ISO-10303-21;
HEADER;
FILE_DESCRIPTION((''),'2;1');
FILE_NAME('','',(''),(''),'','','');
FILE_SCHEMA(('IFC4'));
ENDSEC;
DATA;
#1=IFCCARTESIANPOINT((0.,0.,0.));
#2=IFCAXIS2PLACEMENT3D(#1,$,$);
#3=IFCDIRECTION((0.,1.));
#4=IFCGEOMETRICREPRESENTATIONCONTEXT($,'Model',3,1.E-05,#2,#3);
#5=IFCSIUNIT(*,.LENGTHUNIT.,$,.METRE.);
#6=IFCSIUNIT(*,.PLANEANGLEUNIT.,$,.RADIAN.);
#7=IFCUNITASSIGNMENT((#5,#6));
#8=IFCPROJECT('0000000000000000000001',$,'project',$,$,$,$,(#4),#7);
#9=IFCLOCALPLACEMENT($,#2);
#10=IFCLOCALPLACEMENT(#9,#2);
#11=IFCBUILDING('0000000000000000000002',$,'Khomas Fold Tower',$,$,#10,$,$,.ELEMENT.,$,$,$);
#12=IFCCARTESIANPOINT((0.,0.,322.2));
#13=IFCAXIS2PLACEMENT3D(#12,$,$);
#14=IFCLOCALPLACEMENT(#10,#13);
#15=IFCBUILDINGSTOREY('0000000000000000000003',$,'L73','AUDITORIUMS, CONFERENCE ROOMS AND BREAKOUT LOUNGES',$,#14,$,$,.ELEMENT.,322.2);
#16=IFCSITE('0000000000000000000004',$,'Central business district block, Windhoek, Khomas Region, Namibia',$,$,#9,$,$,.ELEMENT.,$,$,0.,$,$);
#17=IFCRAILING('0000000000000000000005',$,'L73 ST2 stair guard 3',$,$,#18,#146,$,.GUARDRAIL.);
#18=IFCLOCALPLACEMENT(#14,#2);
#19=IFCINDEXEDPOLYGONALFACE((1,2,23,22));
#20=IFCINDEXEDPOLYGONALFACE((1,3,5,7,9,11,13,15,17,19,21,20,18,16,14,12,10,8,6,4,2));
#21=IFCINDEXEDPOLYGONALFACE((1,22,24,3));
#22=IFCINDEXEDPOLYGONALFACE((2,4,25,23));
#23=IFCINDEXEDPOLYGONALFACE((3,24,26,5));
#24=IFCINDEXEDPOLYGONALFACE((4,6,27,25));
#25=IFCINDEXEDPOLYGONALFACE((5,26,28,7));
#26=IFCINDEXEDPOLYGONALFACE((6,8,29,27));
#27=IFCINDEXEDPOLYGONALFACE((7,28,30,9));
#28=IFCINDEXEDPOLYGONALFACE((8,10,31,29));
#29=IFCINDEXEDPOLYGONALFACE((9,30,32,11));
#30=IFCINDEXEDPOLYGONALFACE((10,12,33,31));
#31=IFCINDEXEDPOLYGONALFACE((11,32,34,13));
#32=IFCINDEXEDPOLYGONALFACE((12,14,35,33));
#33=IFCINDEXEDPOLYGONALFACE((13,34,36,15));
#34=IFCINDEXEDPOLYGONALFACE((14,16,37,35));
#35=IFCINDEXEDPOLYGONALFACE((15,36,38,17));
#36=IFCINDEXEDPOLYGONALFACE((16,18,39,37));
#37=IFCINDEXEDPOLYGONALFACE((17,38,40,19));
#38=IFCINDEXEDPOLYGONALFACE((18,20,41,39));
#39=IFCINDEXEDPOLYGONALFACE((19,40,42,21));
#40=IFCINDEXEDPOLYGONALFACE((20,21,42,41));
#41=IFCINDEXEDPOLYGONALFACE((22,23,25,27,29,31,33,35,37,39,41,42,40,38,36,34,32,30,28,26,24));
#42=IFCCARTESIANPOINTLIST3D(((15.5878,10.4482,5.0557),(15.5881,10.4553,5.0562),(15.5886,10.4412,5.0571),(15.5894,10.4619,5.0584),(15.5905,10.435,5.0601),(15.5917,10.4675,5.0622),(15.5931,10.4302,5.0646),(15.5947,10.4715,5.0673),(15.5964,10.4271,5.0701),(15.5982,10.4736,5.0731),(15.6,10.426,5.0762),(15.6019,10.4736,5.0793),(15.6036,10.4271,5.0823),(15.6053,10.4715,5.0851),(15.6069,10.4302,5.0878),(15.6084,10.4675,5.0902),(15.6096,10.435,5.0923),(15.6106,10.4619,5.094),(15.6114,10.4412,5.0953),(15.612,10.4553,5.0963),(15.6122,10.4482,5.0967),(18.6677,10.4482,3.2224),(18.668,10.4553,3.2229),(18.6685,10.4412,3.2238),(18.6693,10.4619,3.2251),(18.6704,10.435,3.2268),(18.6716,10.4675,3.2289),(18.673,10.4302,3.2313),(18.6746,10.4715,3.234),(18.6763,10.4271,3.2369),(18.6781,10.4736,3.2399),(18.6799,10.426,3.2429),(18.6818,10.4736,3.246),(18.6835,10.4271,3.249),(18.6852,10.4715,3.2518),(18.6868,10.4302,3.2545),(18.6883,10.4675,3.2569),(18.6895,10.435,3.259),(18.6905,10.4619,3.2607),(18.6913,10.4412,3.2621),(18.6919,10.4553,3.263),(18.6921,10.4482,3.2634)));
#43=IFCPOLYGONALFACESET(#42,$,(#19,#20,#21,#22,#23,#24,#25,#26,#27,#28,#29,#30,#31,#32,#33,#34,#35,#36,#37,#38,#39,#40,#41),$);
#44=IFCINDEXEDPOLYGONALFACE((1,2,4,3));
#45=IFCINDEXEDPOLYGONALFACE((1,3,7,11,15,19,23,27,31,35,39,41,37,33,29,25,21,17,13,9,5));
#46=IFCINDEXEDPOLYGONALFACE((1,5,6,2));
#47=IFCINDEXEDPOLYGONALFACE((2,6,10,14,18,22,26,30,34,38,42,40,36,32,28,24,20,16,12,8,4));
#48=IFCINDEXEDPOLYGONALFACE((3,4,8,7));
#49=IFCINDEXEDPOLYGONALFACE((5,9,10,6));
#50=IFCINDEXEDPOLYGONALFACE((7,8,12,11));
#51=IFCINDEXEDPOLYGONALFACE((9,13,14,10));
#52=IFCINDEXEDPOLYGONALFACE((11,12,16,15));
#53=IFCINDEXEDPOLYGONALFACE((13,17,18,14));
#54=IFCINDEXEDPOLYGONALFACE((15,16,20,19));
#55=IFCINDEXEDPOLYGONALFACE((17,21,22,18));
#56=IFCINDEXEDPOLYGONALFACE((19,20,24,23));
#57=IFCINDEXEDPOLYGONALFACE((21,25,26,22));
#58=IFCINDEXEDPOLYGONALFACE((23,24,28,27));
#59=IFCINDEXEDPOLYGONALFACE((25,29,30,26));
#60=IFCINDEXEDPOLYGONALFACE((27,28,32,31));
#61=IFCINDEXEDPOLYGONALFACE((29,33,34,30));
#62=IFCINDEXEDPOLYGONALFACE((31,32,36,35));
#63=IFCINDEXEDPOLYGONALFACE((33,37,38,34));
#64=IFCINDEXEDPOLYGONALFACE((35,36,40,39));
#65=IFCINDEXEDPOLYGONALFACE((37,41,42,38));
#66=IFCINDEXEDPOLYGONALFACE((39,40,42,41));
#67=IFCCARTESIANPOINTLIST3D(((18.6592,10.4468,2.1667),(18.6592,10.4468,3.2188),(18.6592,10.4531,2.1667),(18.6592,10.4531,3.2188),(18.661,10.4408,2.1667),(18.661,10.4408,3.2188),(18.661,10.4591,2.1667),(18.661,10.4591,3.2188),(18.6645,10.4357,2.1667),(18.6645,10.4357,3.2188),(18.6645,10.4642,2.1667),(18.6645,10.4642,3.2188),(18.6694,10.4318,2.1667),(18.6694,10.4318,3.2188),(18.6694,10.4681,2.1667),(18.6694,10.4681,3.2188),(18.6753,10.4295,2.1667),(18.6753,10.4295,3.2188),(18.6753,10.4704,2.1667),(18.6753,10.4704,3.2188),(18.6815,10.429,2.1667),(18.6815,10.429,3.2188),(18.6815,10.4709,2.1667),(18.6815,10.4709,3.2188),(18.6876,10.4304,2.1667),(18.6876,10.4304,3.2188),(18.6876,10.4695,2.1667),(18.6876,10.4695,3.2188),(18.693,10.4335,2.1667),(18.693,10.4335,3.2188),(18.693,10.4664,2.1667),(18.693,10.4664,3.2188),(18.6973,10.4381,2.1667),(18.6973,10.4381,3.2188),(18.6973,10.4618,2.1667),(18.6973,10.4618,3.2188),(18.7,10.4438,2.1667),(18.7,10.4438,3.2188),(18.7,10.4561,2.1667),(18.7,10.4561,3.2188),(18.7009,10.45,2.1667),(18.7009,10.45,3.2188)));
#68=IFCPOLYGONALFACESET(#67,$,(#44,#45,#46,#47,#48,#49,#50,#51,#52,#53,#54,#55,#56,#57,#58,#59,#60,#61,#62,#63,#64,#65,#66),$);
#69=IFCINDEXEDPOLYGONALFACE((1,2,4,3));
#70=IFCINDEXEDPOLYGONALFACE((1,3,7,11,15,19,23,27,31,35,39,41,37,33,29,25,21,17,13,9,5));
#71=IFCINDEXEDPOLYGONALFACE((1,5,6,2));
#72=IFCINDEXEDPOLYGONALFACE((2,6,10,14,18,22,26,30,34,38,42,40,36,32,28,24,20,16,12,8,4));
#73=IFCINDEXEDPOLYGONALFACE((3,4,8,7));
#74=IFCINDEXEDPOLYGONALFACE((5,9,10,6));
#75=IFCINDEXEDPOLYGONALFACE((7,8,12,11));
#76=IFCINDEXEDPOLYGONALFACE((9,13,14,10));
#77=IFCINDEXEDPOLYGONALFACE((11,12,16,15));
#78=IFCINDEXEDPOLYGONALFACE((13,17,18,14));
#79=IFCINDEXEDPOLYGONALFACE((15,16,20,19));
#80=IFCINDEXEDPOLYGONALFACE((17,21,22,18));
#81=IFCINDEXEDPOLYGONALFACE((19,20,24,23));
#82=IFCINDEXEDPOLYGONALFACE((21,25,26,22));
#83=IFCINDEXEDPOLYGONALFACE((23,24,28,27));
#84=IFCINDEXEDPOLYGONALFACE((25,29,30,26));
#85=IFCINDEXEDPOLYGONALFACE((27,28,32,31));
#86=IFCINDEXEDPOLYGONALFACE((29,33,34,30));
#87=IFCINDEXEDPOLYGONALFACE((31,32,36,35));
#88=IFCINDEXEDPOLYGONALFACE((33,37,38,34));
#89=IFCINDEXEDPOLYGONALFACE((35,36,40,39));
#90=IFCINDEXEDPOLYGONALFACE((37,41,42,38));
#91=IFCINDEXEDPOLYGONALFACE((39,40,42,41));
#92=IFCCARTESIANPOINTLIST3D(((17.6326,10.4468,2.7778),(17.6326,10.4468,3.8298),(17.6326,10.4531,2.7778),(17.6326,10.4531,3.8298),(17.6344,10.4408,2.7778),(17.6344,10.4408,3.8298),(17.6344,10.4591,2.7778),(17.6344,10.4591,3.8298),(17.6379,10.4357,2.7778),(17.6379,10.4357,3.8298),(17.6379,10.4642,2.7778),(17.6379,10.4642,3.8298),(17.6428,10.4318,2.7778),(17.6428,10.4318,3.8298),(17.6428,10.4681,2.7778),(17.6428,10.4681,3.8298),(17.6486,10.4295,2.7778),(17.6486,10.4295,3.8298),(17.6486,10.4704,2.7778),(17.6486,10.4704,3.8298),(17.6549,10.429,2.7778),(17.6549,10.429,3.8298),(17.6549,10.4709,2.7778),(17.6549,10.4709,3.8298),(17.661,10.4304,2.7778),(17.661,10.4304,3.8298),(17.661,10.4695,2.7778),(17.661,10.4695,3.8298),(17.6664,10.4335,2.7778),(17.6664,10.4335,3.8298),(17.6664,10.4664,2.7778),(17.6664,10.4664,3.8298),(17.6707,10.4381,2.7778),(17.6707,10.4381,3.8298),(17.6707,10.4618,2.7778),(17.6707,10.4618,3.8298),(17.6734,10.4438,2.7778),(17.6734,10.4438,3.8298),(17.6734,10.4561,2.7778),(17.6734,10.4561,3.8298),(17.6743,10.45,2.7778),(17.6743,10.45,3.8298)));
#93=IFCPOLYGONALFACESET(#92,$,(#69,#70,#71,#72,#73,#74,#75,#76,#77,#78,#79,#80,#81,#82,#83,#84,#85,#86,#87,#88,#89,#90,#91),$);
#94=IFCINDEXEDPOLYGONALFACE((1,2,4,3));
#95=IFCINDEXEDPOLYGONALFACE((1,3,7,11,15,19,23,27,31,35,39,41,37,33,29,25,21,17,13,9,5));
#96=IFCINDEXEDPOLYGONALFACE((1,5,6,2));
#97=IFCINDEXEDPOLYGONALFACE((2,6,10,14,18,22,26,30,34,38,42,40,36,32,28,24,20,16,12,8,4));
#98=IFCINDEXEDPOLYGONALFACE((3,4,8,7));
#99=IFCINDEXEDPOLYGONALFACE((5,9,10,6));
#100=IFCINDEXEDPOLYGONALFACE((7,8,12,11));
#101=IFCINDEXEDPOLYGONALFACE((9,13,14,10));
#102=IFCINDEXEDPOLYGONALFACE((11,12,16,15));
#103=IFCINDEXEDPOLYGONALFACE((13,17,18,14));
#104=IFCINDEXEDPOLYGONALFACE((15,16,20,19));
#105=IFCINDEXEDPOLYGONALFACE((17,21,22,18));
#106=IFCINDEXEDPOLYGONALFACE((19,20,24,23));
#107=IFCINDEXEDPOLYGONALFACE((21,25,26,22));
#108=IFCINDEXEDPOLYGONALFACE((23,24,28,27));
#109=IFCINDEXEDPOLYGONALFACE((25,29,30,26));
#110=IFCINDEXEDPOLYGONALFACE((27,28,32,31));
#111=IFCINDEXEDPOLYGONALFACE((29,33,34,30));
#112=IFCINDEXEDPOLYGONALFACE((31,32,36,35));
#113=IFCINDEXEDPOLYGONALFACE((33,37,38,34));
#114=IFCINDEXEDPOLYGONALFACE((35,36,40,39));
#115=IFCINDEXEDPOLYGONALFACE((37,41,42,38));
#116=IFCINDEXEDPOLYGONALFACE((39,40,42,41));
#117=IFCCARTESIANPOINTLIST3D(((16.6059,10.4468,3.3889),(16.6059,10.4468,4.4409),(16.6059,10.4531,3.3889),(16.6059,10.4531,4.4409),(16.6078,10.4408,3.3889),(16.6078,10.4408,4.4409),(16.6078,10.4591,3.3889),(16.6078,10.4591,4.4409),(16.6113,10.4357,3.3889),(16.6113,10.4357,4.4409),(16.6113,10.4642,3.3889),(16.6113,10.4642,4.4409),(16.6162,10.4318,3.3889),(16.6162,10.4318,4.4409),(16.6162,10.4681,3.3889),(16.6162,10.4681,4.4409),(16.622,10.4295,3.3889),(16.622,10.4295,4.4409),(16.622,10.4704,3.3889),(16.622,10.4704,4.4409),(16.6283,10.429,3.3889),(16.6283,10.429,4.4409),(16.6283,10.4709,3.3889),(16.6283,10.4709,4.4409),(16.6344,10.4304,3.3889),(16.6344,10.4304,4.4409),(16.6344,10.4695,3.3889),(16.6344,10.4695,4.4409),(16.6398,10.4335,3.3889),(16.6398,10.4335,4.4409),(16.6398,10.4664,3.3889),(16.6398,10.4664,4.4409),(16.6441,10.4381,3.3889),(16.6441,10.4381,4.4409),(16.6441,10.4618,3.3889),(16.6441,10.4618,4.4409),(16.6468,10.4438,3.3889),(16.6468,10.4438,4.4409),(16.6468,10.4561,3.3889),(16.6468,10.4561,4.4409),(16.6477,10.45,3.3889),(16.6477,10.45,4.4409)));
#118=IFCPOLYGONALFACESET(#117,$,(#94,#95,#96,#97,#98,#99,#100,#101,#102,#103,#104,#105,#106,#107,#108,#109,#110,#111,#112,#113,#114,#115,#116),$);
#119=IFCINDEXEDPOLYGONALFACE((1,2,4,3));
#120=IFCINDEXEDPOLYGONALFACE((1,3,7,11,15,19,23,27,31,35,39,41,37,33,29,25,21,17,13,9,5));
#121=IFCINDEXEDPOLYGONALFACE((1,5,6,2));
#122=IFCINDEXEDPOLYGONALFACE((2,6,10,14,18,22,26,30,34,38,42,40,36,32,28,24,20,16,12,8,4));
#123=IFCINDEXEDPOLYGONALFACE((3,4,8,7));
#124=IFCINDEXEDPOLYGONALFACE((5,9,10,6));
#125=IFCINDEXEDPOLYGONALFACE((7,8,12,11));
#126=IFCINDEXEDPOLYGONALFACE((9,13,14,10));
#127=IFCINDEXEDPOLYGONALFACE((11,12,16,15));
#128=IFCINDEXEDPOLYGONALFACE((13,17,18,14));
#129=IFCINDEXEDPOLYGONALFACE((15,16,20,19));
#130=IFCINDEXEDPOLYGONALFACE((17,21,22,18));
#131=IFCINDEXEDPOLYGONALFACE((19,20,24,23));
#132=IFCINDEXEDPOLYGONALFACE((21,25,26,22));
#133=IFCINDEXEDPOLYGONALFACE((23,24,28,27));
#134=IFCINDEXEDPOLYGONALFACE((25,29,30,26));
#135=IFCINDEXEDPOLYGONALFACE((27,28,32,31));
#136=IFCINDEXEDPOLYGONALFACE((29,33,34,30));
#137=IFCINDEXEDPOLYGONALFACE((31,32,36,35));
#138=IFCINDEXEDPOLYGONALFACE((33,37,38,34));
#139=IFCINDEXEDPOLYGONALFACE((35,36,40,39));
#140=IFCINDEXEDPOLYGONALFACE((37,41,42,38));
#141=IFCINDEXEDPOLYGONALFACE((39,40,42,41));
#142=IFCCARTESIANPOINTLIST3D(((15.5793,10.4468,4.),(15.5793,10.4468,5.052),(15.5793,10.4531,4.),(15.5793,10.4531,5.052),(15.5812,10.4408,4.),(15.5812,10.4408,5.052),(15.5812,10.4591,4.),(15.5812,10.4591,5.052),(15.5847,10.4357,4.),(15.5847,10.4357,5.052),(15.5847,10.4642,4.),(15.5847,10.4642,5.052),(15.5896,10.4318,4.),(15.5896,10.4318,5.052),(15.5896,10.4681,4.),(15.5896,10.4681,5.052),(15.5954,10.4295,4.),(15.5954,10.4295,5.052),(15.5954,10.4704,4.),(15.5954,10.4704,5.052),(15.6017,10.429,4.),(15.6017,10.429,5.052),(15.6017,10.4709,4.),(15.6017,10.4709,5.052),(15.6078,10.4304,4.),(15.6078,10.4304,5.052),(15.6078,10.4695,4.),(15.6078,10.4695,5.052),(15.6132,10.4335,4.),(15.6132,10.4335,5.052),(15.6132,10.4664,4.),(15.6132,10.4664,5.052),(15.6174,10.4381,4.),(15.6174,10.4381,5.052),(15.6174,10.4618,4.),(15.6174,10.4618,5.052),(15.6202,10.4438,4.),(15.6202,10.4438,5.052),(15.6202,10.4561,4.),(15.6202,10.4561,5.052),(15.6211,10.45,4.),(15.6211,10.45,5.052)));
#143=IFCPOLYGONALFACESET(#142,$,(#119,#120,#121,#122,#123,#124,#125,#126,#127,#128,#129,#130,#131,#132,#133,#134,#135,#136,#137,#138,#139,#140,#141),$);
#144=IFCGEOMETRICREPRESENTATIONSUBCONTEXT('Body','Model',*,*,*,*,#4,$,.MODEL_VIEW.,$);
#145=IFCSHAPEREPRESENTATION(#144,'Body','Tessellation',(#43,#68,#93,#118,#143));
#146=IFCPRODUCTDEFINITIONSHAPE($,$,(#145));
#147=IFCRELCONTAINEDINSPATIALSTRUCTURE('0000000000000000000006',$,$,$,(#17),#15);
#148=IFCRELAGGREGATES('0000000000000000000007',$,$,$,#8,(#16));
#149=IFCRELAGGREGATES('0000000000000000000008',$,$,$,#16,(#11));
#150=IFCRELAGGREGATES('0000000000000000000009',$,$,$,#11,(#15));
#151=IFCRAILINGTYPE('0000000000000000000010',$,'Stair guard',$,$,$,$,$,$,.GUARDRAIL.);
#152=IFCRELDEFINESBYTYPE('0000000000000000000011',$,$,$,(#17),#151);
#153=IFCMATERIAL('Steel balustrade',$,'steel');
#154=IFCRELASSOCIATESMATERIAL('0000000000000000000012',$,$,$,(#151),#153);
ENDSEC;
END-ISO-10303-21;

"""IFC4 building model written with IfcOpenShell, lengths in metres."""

from ifc_helpers import new_model, si_unit, direction, frame, origin, origin_2d, place, context, subcontext, project, spatial, circle, extrude, source, transform, mapped, material, type_object, element, save


model = new_model("IFC4")

# Units and contexts
model_context = context("Model", 3, precision=1e-05, world=origin(), true_north=direction((0.0, 1.0)))
body_context = subcontext(model_context, "Body", "Model", "MODEL_VIEW")
ifc_project = project(units=[si_unit("LENGTHUNIT", "METRE"), si_unit("PLANEANGLEUNIT", "RADIAN")], contexts=[model_context])

# Site, building, storey
site_placement = place(None, origin())
site = spatial("IfcSite", under=ifc_project, at=site_placement, Name="Central business district block, Windhoek, Khomas Region, Namibia", CompositionType="ELEMENT", RefElevation=0.0)
building_placement = place(site_placement, origin())
building = spatial("IfcBuilding", under=site, at=building_placement, Name="Khomas Fold Tower", CompositionType="ELEMENT")
storey_placement = place(building_placement, frame((0.0, 0.0, 322.2)))
storey = spatial("IfcBuildingStorey", under=building, at=storey_placement, Name="L73", Description="AUDITORIUMS, CONFERENCE ROOMS AND BREAKOUT LOUNGES", CompositionType="ELEMENT", Elevation=322.2)

# Railing
ifc_material_1 = material(Name="Steel balustrade", Category="steel")
railing_type_1 = type_object("IfcRailingType", Name="Stair guard", PredefinedType="GUARDRAIL", material=ifc_material_1)
shared_shape_1 = source(origin(), body_context, "Body", "SweptSolid", [
    extrude(circle(Radius=0.0239, at=origin_2d()), frame((0.0, 0.0, 1.0762), z_axis=(-0.859291, 0.0, 0.511487), x_axis=(0.0, -1.0, 0.0)), (0.0, 0.0, 1.0), 3.5842),
    extrude(circle(Radius=0.021, at=origin_2d()), origin(), (0.0, 0.0, 1.0), 1.052),
    extrude(circle(Radius=0.021, at=origin_2d()), frame((-1.0266, 0.0, 0.6111)), (0.0, 0.0, 1.0), 1.052),
    extrude(circle(Radius=0.021, at=origin_2d()), frame((-2.0532, 0.0, 1.2222)), (0.0, 0.0, 1.0), 1.052),
    extrude(circle(Radius=0.021, at=origin_2d()), frame((-3.0798, 0.0, 1.8333)), (0.0, 0.0, 1.0), 1.052),
])
railing_1_placement = place(storey_placement, frame((18.6799, 10.45, 2.1667)))
element("IfcRailing", 1, at=railing_1_placement, inside=storey, type_object=railing_type_1, Name="L73 ST2 stair guard 3", PredefinedType="GUARDRAIL", context=body_context, shape_type="MappedRepresentation", body=[
    mapped(shared_shape_1, transform((0.0, 0.0, 0.0))),
])

save(model, "model.ifc")
